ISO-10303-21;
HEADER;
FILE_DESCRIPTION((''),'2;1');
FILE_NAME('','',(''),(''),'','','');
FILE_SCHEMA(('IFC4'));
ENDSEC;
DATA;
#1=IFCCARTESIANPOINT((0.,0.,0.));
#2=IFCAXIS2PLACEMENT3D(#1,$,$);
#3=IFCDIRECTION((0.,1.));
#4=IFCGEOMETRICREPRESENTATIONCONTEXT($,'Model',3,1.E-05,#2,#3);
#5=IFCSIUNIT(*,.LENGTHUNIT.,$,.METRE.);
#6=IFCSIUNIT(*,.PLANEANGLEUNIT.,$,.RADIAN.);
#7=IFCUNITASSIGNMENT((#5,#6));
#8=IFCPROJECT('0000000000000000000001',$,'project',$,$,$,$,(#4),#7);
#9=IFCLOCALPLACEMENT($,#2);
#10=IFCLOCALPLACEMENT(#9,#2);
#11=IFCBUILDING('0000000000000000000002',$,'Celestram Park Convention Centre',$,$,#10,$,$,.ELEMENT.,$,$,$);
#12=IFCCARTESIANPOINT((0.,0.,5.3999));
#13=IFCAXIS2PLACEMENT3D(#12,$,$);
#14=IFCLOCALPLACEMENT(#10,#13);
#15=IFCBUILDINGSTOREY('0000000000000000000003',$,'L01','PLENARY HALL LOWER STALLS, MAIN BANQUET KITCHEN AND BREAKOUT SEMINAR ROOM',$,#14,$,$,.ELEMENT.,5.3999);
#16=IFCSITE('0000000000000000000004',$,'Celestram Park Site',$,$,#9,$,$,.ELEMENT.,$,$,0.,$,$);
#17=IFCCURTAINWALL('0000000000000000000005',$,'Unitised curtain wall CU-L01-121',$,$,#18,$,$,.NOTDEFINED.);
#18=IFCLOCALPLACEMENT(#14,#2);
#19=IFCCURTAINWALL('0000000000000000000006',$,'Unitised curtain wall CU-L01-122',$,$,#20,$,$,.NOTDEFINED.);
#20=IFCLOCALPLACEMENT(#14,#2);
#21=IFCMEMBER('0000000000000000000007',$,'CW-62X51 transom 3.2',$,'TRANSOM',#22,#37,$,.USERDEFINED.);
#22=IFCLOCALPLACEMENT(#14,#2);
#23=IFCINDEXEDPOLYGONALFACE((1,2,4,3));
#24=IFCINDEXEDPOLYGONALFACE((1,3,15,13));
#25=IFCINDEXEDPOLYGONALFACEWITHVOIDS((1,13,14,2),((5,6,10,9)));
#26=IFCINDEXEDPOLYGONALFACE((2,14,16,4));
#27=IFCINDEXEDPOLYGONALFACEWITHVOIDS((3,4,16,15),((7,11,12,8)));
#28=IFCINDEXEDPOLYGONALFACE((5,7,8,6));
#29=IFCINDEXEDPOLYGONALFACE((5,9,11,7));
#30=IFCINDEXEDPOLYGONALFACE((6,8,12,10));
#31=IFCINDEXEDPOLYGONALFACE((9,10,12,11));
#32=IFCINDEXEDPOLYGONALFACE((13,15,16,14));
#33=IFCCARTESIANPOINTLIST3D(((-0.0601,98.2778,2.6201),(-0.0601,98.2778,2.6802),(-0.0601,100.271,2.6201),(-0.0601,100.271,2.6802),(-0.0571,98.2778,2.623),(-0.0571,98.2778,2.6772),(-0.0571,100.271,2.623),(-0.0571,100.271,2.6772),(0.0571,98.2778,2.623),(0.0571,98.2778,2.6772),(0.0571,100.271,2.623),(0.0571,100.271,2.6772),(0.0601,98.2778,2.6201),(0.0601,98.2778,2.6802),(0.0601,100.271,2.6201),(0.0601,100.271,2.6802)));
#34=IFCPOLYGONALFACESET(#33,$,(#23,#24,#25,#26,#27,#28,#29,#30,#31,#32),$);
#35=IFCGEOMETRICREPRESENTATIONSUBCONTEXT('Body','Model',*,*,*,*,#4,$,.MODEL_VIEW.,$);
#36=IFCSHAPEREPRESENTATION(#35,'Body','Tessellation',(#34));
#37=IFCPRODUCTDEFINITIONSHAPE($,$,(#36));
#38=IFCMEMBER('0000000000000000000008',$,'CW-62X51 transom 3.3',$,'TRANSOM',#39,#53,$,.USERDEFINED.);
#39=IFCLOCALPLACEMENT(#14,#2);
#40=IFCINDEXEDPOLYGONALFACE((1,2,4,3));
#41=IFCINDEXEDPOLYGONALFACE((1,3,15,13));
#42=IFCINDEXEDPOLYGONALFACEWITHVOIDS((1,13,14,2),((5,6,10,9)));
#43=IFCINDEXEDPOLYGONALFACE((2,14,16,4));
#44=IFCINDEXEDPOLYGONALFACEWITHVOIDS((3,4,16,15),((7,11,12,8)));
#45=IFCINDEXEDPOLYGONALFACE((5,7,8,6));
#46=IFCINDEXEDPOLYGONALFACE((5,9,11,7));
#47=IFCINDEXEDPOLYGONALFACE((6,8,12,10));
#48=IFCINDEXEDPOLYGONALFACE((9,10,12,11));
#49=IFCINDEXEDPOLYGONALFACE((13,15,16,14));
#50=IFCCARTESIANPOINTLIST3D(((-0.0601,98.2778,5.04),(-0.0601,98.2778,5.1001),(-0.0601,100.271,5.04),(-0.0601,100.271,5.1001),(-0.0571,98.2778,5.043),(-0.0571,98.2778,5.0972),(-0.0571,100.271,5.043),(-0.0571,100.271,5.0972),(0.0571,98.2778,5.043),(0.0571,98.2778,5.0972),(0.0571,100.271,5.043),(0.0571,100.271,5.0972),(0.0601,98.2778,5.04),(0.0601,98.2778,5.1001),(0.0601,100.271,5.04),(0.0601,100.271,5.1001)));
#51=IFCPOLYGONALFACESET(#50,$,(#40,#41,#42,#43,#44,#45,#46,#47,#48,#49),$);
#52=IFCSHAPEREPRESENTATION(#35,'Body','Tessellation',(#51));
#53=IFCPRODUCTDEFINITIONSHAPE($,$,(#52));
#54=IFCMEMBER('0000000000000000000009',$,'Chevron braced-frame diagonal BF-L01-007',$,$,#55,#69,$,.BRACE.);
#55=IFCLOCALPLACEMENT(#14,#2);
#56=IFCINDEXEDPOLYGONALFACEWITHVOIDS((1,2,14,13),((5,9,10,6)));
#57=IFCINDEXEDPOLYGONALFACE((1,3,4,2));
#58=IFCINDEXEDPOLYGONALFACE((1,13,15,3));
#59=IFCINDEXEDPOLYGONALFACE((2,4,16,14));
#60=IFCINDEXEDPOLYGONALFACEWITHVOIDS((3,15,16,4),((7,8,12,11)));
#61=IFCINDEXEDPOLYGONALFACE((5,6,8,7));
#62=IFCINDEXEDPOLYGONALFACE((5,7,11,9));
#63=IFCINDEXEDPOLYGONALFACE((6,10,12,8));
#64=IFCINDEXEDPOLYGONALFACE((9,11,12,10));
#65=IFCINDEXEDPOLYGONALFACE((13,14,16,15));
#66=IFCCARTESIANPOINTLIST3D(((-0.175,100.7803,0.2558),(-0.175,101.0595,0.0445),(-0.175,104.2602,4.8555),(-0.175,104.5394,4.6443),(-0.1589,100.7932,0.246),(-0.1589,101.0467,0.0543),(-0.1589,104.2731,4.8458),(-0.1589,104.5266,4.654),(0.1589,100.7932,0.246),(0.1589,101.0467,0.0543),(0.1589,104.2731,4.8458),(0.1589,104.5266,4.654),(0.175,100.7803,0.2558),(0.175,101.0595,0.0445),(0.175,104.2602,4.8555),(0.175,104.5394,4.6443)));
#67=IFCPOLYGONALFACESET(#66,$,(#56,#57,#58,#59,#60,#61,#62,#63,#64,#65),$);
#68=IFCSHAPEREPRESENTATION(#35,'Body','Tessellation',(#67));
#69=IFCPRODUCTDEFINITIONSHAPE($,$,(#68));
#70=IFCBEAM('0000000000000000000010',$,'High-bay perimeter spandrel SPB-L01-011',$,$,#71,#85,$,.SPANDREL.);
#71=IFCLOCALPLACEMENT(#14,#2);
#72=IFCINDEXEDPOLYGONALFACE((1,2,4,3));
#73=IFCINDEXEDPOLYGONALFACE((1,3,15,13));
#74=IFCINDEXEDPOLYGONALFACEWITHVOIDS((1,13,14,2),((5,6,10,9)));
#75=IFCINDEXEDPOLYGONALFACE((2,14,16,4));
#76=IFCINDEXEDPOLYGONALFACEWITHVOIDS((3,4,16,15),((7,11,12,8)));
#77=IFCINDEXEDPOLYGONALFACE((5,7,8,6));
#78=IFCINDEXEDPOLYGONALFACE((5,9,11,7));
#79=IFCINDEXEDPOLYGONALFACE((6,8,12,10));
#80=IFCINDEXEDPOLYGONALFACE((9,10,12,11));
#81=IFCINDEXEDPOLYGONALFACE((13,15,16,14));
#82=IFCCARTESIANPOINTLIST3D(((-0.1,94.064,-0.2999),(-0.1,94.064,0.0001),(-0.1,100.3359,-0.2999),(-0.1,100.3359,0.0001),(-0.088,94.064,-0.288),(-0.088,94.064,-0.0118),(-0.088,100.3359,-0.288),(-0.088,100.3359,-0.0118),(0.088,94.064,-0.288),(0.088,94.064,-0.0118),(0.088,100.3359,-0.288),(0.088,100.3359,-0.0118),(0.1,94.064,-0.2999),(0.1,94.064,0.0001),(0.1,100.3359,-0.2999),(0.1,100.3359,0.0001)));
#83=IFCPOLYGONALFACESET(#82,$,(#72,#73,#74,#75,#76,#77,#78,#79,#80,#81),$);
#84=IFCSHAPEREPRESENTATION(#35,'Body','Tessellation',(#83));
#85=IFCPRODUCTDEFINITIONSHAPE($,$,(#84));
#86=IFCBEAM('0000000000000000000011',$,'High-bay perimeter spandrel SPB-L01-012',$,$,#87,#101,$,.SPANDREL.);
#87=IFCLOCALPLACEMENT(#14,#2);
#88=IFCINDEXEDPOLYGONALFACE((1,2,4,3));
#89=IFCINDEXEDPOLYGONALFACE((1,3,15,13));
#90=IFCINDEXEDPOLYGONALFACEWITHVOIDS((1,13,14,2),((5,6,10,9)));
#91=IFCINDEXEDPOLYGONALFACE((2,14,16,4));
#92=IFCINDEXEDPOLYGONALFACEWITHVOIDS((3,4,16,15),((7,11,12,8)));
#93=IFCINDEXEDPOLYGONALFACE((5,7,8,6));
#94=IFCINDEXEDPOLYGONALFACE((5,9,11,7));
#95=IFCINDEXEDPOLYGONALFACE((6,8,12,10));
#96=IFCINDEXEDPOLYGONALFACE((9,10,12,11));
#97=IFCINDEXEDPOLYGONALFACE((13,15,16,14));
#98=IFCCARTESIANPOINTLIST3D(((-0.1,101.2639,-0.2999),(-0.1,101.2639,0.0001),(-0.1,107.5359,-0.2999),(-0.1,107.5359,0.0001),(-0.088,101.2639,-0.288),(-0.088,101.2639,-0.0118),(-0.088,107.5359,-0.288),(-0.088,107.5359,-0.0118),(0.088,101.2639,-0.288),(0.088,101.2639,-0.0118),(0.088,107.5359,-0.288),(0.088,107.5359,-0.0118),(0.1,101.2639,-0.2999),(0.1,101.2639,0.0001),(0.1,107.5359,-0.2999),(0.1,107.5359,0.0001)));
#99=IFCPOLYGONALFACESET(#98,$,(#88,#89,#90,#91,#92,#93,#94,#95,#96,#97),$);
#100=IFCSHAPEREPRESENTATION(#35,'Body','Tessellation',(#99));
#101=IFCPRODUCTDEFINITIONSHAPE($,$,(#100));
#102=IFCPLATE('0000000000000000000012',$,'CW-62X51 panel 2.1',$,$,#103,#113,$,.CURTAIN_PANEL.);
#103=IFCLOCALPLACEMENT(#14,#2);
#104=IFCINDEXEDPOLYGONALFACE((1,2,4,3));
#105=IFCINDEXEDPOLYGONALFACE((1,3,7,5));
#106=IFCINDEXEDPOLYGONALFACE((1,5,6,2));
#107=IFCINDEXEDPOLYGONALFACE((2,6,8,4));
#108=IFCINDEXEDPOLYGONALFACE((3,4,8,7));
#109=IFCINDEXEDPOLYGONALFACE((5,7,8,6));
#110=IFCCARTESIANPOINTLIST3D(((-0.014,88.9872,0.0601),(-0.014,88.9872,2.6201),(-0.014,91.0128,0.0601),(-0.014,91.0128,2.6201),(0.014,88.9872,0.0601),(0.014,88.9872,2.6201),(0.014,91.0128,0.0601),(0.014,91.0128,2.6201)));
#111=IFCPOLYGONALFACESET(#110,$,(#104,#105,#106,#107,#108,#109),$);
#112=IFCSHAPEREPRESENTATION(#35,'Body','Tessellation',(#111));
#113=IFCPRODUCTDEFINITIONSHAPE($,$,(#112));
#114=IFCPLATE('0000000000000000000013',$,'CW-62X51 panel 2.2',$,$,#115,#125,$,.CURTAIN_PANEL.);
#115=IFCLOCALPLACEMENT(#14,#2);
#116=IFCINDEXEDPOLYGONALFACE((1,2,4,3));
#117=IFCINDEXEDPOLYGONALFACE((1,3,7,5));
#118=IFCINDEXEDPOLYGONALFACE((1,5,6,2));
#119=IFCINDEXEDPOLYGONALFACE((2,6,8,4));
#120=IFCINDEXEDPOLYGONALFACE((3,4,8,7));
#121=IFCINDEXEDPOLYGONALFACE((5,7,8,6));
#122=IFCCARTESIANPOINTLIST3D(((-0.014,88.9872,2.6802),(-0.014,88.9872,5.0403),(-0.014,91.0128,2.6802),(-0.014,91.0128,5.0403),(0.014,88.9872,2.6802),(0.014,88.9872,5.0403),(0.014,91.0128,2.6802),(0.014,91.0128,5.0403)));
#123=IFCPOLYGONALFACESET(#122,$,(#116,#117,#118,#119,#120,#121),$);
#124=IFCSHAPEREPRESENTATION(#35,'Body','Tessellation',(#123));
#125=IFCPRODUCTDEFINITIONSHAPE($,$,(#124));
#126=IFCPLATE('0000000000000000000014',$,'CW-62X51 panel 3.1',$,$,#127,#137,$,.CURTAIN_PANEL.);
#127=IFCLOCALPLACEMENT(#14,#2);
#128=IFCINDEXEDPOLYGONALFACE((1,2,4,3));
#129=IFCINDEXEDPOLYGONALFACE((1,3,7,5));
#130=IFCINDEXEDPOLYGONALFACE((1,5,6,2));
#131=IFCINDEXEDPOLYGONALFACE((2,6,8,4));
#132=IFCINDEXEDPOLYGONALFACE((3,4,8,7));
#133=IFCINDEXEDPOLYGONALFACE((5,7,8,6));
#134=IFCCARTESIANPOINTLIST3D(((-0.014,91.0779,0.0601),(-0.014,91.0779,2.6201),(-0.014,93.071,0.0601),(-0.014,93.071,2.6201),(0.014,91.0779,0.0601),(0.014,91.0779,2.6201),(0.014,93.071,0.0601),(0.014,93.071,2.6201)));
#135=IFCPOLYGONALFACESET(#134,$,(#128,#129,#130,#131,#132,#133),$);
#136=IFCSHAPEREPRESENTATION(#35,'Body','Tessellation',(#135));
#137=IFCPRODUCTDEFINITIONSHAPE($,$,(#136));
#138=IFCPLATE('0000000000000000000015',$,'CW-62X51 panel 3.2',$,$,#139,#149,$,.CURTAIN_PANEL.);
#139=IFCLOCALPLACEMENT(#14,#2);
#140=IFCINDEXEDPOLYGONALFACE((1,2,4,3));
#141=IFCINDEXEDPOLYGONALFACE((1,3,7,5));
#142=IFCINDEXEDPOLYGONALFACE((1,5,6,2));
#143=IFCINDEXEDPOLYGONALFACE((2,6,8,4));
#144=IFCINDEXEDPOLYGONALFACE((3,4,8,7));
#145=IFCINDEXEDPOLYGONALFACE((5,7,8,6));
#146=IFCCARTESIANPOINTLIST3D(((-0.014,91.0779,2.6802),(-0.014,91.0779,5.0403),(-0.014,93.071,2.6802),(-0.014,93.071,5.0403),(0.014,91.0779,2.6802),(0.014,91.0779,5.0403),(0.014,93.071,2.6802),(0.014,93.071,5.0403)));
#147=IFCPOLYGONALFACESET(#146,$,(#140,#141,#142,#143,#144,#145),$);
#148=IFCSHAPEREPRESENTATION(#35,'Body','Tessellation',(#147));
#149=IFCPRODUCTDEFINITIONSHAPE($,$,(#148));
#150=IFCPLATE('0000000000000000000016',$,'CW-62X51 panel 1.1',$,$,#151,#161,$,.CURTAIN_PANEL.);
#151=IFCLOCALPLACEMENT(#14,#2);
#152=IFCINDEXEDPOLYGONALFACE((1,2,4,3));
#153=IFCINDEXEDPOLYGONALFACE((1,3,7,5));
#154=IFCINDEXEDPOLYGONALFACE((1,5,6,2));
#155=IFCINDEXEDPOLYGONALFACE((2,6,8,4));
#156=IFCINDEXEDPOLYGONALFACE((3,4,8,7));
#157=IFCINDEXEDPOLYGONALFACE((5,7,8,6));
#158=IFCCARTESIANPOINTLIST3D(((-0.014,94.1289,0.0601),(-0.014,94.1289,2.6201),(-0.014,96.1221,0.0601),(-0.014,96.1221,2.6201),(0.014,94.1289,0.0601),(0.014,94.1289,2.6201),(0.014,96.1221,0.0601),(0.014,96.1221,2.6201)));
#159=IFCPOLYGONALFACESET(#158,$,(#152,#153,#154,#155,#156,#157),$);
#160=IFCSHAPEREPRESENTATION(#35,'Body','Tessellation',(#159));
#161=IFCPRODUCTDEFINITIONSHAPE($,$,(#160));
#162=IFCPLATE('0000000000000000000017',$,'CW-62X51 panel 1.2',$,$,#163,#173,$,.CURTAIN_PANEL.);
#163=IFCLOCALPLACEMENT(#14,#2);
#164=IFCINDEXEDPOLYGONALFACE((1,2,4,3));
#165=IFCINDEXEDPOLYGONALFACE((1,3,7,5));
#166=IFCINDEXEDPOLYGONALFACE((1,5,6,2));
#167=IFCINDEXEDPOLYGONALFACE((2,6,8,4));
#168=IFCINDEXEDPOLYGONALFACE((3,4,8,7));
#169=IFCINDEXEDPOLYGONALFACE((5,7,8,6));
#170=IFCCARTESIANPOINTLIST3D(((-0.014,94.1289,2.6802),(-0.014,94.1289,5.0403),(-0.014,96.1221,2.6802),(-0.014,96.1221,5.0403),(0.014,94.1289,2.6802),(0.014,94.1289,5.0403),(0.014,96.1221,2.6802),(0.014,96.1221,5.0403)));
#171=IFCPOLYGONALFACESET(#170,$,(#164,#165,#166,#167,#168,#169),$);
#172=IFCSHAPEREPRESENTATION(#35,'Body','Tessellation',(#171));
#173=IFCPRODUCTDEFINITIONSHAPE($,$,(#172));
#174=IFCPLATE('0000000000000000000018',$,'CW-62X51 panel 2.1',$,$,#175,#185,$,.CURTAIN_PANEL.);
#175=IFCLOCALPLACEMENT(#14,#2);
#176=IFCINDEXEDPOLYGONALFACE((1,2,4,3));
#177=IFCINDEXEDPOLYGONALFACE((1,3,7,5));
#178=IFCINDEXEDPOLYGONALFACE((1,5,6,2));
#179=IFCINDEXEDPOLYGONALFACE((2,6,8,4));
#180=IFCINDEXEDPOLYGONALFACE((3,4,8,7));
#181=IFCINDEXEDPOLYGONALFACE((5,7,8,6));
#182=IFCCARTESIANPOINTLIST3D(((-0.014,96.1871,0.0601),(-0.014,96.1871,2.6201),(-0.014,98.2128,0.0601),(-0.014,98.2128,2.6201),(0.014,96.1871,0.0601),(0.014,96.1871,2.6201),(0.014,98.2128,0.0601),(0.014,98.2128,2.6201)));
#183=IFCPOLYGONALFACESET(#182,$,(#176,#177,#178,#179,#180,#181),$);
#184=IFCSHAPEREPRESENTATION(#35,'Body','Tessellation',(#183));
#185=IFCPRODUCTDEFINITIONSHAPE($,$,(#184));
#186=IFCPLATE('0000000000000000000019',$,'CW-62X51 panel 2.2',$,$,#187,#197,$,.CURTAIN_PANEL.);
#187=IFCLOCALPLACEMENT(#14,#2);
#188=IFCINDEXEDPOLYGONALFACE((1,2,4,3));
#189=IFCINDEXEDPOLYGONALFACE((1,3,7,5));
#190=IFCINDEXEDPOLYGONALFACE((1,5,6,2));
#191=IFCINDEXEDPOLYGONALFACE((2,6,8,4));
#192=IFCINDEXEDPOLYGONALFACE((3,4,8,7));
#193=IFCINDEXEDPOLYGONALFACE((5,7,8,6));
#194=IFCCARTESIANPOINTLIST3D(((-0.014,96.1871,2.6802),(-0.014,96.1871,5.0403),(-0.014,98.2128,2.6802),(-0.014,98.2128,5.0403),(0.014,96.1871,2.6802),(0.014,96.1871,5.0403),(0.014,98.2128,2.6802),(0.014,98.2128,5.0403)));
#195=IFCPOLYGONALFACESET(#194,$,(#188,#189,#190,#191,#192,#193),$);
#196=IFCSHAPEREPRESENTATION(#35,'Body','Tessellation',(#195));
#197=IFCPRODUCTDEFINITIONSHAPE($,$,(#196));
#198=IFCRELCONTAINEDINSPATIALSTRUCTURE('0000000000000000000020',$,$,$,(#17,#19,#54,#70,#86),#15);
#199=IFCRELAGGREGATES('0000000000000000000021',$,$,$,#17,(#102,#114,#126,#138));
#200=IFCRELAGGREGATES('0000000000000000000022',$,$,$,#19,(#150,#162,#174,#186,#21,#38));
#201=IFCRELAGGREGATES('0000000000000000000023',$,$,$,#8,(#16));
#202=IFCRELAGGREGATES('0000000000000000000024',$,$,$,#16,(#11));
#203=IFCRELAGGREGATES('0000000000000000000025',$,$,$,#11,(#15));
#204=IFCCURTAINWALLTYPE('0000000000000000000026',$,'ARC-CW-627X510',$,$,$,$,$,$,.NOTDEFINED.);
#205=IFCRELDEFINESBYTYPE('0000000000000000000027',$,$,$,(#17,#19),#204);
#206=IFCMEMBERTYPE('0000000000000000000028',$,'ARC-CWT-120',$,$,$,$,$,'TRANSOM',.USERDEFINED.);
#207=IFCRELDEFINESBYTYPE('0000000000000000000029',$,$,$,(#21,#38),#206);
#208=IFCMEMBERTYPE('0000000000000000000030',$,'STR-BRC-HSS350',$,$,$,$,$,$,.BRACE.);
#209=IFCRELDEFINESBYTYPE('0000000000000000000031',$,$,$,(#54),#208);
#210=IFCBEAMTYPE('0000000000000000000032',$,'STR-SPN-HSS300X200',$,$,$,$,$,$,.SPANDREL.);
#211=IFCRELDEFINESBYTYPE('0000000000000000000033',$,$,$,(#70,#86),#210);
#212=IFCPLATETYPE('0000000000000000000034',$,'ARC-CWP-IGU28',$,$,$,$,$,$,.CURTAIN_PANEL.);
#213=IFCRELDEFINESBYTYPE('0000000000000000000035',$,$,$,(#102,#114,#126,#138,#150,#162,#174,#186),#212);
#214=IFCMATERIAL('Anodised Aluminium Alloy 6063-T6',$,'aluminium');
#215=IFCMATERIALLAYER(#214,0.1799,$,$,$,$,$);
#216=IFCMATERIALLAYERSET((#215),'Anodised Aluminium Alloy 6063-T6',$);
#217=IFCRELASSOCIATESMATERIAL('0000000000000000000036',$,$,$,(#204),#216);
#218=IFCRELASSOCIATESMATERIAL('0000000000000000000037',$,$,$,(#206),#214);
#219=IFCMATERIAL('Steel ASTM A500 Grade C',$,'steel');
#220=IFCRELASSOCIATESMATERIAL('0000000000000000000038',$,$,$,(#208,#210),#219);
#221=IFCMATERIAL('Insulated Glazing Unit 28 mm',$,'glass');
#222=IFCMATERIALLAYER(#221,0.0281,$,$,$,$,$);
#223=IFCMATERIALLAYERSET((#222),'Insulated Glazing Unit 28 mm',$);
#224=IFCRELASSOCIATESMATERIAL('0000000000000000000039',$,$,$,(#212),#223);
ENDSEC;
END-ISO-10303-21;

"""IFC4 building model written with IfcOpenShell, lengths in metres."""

from ifc_helpers import new_model, si_unit, direction, frame, origin, origin_2d, place, context, subcontext, project, spatial, rectangle, hollow_rectangle, extrude, material, layer, layer_set, material_profile, profile_set, type_object, element, aggregate, save


model = new_model("IFC4")

# Units and contexts
model_context = context("Model", 3, precision=1e-05, world=origin(), true_north=direction((0.0, 1.0)))
body_context = subcontext(model_context, "Body", "Model", "MODEL_VIEW")
ifc_project = project(units=[si_unit("LENGTHUNIT", "METRE"), si_unit("PLANEANGLEUNIT", "RADIAN")], contexts=[model_context])

# Site, building, storey
site_placement = place(None, origin())
site = spatial("IfcSite", under=ifc_project, at=site_placement, Name="Celestram Park Site", CompositionType="ELEMENT", RefElevation=0.0)
building_placement = place(site_placement, origin())
building = spatial("IfcBuilding", under=site, at=building_placement, Name="Celestram Park Convention Centre", CompositionType="ELEMENT")
storey_placement = place(building_placement, frame((0.0, 0.0, 5.3999)))
storey = spatial("IfcBuildingStorey", under=building, at=storey_placement, Name="L01", Description="PLENARY HALL LOWER STALLS, MAIN BANQUET KITCHEN AND BREAKOUT SEMINAR ROOM", CompositionType="ELEMENT", Elevation=5.3999)

# Curtain walls
ifc_material_1 = material(Name="Anodised Aluminium Alloy 6063-T6", Category="aluminium")
ifc_layer_1 = layer(ifc_material_1, 0.1799)
ifc_layer_set_1 = layer_set([ifc_layer_1], Name="Anodised Aluminium Alloy 6063-T6")
curtain_wall_type = type_object("IfcCurtainWallType", Name="ARC-CW-627X510", PredefinedType="NOTDEFINED", material=ifc_layer_set_1)
curtain_wall_1_placement = place(storey_placement, origin())
curtain_wall_1 = element("IfcCurtainWall", 1, at=curtain_wall_1_placement, inside=storey, type_object=curtain_wall_type, Name="Unitised curtain wall CU-L01-121", PredefinedType="NOTDEFINED")
curtain_wall_2_placement = place(storey_placement, origin())
curtain_wall_2 = element("IfcCurtainWall", 2, at=curtain_wall_2_placement, inside=storey, type_object=curtain_wall_type, Name="Unitised curtain wall CU-L01-122", PredefinedType="NOTDEFINED")

# Members
ifc_material_profile_1 = material_profile(ifc_material_1, hollow_rectangle(XDim=0.1201, YDim=0.0601, WallThickness=0.0029, at=origin_2d()), Name="ALU120X60X3")
ifc_profile_set_1 = profile_set([ifc_material_profile_1], Name="Anodised Aluminium Alloy 6063-T6")
member_type_1 = type_object("IfcMemberType", Name="ARC-CWT-120", ElementType="TRANSOM", PredefinedType="USERDEFINED", material=ifc_profile_set_1)
member_1_placement = place(storey_placement, frame((0.0, 98.2778, 2.6501), z_axis=(0.0, 1.0, 0.0), x_axis=(-1.0, 0.0, 0.0)))
member_1 = element("IfcMember", 3, at=member_1_placement, type_object=member_type_1, Name="CW-62X51 transom 3.2", ObjectType="TRANSOM", PredefinedType="USERDEFINED", context=body_context, shape_type="SweptSolid", body=[
    extrude(hollow_rectangle(XDim=0.1201, YDim=0.0601, WallThickness=0.0029, at=origin_2d()), origin(), (0.0, 0.0, 1.0), 1.9932),
])
member_2_placement = place(storey_placement, frame((0.0, 98.2778, 5.0701), z_axis=(0.0, 1.0, 0.0), x_axis=(-1.0, 0.0, 0.0)))
member_2 = element("IfcMember", 4, at=member_2_placement, type_object=member_type_1, Name="CW-62X51 transom 3.3", ObjectType="TRANSOM", PredefinedType="USERDEFINED", context=body_context, shape_type="SweptSolid", body=[
    extrude(hollow_rectangle(XDim=0.1201, YDim=0.0601, WallThickness=0.0029, at=origin_2d()), origin(), (0.0, 0.0, 1.0), 1.9932),
])
ifc_material_2 = material(Name="Steel ASTM A500 Grade C", Category="steel")
ifc_material_profile_2 = material_profile(ifc_material_2, hollow_rectangle(XDim=0.3501, YDim=0.3501, WallThickness=0.0161, at=origin_2d()), Name="HSS350X350X16")
ifc_profile_set_2 = profile_set([ifc_material_profile_2], Name="Steel ASTM A500 Grade C")
member_type_2 = type_object("IfcMemberType", Name="STR-BRC-HSS350", PredefinedType="BRACE", material=ifc_profile_set_2)
member_3_placement = place(storey_placement, frame((0.0, 100.9199, 0.1501), z_axis=(0.0, 0.603334, 0.797489), x_axis=(-1.0, 0.0, 0.0)))
element("IfcMember", 5, at=member_3_placement, inside=storey, type_object=member_type_2, Name="Chevron braced-frame diagonal BF-L01-007", PredefinedType="BRACE", context=body_context, shape_type="SweptSolid", body=[
    extrude(hollow_rectangle(XDim=0.3501, YDim=0.3501, WallThickness=0.0161, at=origin_2d()), origin(), (0.0, 0.0, 1.0), 5.7678),
])

# Beams
ifc_material_profile_3 = material_profile(ifc_material_2, hollow_rectangle(XDim=0.2, YDim=0.3, WallThickness=0.012, at=origin_2d()), Name="HSS300X200X12")
ifc_profile_set_3 = profile_set([ifc_material_profile_3], Name="Steel ASTM A500 Grade C")
beam_type = type_object("IfcBeamType", Name="STR-SPN-HSS300X200", PredefinedType="SPANDREL", material=ifc_profile_set_3)
for number, where, z_axis, x_axis, name in (
    (6, (0.0, 94.064, -0.1499), (0.0, 1.0, 0.0), (-1.0, 0.0, 0.0), "High-bay perimeter spandrel SPB-L01-011"),
    (7, (0.0, 101.2639, -0.1499), (0.0, 1.0, 0.0), (-1.0, 0.0, 0.0), "High-bay perimeter spandrel SPB-L01-012"),
):
    element("IfcBeam", number, at=place(storey_placement, frame(where, z_axis=z_axis, x_axis=x_axis)), inside=storey, type_object=beam_type, Name=name, PredefinedType="SPANDREL", context=body_context, shape_type="SweptSolid", body=[
        extrude(hollow_rectangle(XDim=0.2, YDim=0.3, WallThickness=0.012, at=origin_2d()), origin(), (0.0, 0.0, 1.0), 6.272),
    ])

# Plates
ifc_material_3 = material(Name="Insulated Glazing Unit 28 mm", Category="glass")
ifc_layer_2 = layer(ifc_material_3, 0.0281)
ifc_layer_set_2 = layer_set([ifc_layer_2], Name="Insulated Glazing Unit 28 mm")
plate_type_1 = type_object("IfcPlateType", Name="ARC-CWP-IGU28", PredefinedType="CURTAIN_PANEL", material=ifc_layer_set_2)
plate_1_placement = place(storey_placement, frame((0.0, 90.0, 0.0601), z_axis=(0.0, 0.0, 1.0), x_axis=(0.0, 1.0, 0.0)))
plate_1 = element("IfcPlate", 8, at=plate_1_placement, type_object=plate_type_1, Name="CW-62X51 panel 2.1", PredefinedType="CURTAIN_PANEL", context=body_context, shape_type="SweptSolid", body=[
    extrude(rectangle(XDim=2.0256, YDim=0.0281, at=origin_2d()), origin(), (0.0, 0.0, 1.0), 2.5601),
])
plate_2_placement = place(storey_placement, frame((0.0, 90.0, 2.6802), z_axis=(0.0, 0.0, 1.0), x_axis=(0.0, 1.0, 0.0)))
plate_2 = element("IfcPlate", 9, at=plate_2_placement, type_object=plate_type_1, Name="CW-62X51 panel 2.2", PredefinedType="CURTAIN_PANEL", context=body_context, shape_type="SweptSolid", body=[
    extrude(rectangle(XDim=2.0256, YDim=0.0281, at=origin_2d()), origin(), (0.0, 0.0, 1.0), 2.3601),
])
plate_3_placement = place(storey_placement, frame((0.0, 92.0745, 0.0601), z_axis=(0.0, 0.0, 1.0), x_axis=(0.0, 1.0, 0.0)))
plate_3 = element("IfcPlate", 10, at=plate_3_placement, type_object=plate_type_1, Name="CW-62X51 panel 3.1", PredefinedType="CURTAIN_PANEL", context=body_context, shape_type="SweptSolid", body=[
    extrude(rectangle(XDim=1.9932, YDim=0.0281, at=origin_2d()), origin(), (0.0, 0.0, 1.0), 2.5601),
])
plate_4_placement = place(storey_placement, frame((0.0, 92.0745, 2.6802), z_axis=(0.0, 0.0, 1.0), x_axis=(0.0, 1.0, 0.0)))
plate_4 = element("IfcPlate", 11, at=plate_4_placement, type_object=plate_type_1, Name="CW-62X51 panel 3.2", PredefinedType="CURTAIN_PANEL", context=body_context, shape_type="SweptSolid", body=[
    extrude(rectangle(XDim=1.9932, YDim=0.0281, at=origin_2d()), origin(), (0.0, 0.0, 1.0), 2.3601),
])
aggregate(curtain_wall_1, [plate_1, plate_2, plate_3, plate_4])
plate_5_placement = place(storey_placement, frame((0.0, 95.1255, 0.0601), z_axis=(0.0, 0.0, 1.0), x_axis=(0.0, 1.0, 0.0)))
plate_5 = element("IfcPlate", 12, at=plate_5_placement, type_object=plate_type_1, Name="CW-62X51 panel 1.1", PredefinedType="CURTAIN_PANEL", context=body_context, shape_type="SweptSolid", body=[
    extrude(rectangle(XDim=1.9932, YDim=0.0281, at=origin_2d()), origin(), (0.0, 0.0, 1.0), 2.5601),
])
plate_6_placement = place(storey_placement, frame((0.0, 95.1255, 2.6802), z_axis=(0.0, 0.0, 1.0), x_axis=(0.0, 1.0, 0.0)))
plate_6 = element("IfcPlate", 13, at=plate_6_placement, type_object=plate_type_1, Name="CW-62X51 panel 1.2", PredefinedType="CURTAIN_PANEL", context=body_context, shape_type="SweptSolid", body=[
    extrude(rectangle(XDim=1.9932, YDim=0.0281, at=origin_2d()), origin(), (0.0, 0.0, 1.0), 2.3601),
])
plate_7_placement = place(storey_placement, frame((0.0, 97.2, 0.0601), z_axis=(0.0, 0.0, 1.0), x_axis=(0.0, 1.0, 0.0)))
plate_7 = element("IfcPlate", 14, at=plate_7_placement, type_object=plate_type_1, Name="CW-62X51 panel 2.1", PredefinedType="CURTAIN_PANEL", context=body_context, shape_type="SweptSolid", body=[
    extrude(rectangle(XDim=2.0256, YDim=0.0281, at=origin_2d()), origin(), (0.0, 0.0, 1.0), 2.5601),
])
plate_8_placement = place(storey_placement, frame((0.0, 97.2, 2.6802), z_axis=(0.0, 0.0, 1.0), x_axis=(0.0, 1.0, 0.0)))
plate_8 = element("IfcPlate", 15, at=plate_8_placement, type_object=plate_type_1, Name="CW-62X51 panel 2.2", PredefinedType="CURTAIN_PANEL", context=body_context, shape_type="SweptSolid", body=[
    extrude(rectangle(XDim=2.0256, YDim=0.0281, at=origin_2d()), origin(), (0.0, 0.0, 1.0), 2.3601),
])
aggregate(curtain_wall_2, [plate_5, plate_6, plate_7, plate_8, member_1, member_2])

save(model, "model.ifc")
